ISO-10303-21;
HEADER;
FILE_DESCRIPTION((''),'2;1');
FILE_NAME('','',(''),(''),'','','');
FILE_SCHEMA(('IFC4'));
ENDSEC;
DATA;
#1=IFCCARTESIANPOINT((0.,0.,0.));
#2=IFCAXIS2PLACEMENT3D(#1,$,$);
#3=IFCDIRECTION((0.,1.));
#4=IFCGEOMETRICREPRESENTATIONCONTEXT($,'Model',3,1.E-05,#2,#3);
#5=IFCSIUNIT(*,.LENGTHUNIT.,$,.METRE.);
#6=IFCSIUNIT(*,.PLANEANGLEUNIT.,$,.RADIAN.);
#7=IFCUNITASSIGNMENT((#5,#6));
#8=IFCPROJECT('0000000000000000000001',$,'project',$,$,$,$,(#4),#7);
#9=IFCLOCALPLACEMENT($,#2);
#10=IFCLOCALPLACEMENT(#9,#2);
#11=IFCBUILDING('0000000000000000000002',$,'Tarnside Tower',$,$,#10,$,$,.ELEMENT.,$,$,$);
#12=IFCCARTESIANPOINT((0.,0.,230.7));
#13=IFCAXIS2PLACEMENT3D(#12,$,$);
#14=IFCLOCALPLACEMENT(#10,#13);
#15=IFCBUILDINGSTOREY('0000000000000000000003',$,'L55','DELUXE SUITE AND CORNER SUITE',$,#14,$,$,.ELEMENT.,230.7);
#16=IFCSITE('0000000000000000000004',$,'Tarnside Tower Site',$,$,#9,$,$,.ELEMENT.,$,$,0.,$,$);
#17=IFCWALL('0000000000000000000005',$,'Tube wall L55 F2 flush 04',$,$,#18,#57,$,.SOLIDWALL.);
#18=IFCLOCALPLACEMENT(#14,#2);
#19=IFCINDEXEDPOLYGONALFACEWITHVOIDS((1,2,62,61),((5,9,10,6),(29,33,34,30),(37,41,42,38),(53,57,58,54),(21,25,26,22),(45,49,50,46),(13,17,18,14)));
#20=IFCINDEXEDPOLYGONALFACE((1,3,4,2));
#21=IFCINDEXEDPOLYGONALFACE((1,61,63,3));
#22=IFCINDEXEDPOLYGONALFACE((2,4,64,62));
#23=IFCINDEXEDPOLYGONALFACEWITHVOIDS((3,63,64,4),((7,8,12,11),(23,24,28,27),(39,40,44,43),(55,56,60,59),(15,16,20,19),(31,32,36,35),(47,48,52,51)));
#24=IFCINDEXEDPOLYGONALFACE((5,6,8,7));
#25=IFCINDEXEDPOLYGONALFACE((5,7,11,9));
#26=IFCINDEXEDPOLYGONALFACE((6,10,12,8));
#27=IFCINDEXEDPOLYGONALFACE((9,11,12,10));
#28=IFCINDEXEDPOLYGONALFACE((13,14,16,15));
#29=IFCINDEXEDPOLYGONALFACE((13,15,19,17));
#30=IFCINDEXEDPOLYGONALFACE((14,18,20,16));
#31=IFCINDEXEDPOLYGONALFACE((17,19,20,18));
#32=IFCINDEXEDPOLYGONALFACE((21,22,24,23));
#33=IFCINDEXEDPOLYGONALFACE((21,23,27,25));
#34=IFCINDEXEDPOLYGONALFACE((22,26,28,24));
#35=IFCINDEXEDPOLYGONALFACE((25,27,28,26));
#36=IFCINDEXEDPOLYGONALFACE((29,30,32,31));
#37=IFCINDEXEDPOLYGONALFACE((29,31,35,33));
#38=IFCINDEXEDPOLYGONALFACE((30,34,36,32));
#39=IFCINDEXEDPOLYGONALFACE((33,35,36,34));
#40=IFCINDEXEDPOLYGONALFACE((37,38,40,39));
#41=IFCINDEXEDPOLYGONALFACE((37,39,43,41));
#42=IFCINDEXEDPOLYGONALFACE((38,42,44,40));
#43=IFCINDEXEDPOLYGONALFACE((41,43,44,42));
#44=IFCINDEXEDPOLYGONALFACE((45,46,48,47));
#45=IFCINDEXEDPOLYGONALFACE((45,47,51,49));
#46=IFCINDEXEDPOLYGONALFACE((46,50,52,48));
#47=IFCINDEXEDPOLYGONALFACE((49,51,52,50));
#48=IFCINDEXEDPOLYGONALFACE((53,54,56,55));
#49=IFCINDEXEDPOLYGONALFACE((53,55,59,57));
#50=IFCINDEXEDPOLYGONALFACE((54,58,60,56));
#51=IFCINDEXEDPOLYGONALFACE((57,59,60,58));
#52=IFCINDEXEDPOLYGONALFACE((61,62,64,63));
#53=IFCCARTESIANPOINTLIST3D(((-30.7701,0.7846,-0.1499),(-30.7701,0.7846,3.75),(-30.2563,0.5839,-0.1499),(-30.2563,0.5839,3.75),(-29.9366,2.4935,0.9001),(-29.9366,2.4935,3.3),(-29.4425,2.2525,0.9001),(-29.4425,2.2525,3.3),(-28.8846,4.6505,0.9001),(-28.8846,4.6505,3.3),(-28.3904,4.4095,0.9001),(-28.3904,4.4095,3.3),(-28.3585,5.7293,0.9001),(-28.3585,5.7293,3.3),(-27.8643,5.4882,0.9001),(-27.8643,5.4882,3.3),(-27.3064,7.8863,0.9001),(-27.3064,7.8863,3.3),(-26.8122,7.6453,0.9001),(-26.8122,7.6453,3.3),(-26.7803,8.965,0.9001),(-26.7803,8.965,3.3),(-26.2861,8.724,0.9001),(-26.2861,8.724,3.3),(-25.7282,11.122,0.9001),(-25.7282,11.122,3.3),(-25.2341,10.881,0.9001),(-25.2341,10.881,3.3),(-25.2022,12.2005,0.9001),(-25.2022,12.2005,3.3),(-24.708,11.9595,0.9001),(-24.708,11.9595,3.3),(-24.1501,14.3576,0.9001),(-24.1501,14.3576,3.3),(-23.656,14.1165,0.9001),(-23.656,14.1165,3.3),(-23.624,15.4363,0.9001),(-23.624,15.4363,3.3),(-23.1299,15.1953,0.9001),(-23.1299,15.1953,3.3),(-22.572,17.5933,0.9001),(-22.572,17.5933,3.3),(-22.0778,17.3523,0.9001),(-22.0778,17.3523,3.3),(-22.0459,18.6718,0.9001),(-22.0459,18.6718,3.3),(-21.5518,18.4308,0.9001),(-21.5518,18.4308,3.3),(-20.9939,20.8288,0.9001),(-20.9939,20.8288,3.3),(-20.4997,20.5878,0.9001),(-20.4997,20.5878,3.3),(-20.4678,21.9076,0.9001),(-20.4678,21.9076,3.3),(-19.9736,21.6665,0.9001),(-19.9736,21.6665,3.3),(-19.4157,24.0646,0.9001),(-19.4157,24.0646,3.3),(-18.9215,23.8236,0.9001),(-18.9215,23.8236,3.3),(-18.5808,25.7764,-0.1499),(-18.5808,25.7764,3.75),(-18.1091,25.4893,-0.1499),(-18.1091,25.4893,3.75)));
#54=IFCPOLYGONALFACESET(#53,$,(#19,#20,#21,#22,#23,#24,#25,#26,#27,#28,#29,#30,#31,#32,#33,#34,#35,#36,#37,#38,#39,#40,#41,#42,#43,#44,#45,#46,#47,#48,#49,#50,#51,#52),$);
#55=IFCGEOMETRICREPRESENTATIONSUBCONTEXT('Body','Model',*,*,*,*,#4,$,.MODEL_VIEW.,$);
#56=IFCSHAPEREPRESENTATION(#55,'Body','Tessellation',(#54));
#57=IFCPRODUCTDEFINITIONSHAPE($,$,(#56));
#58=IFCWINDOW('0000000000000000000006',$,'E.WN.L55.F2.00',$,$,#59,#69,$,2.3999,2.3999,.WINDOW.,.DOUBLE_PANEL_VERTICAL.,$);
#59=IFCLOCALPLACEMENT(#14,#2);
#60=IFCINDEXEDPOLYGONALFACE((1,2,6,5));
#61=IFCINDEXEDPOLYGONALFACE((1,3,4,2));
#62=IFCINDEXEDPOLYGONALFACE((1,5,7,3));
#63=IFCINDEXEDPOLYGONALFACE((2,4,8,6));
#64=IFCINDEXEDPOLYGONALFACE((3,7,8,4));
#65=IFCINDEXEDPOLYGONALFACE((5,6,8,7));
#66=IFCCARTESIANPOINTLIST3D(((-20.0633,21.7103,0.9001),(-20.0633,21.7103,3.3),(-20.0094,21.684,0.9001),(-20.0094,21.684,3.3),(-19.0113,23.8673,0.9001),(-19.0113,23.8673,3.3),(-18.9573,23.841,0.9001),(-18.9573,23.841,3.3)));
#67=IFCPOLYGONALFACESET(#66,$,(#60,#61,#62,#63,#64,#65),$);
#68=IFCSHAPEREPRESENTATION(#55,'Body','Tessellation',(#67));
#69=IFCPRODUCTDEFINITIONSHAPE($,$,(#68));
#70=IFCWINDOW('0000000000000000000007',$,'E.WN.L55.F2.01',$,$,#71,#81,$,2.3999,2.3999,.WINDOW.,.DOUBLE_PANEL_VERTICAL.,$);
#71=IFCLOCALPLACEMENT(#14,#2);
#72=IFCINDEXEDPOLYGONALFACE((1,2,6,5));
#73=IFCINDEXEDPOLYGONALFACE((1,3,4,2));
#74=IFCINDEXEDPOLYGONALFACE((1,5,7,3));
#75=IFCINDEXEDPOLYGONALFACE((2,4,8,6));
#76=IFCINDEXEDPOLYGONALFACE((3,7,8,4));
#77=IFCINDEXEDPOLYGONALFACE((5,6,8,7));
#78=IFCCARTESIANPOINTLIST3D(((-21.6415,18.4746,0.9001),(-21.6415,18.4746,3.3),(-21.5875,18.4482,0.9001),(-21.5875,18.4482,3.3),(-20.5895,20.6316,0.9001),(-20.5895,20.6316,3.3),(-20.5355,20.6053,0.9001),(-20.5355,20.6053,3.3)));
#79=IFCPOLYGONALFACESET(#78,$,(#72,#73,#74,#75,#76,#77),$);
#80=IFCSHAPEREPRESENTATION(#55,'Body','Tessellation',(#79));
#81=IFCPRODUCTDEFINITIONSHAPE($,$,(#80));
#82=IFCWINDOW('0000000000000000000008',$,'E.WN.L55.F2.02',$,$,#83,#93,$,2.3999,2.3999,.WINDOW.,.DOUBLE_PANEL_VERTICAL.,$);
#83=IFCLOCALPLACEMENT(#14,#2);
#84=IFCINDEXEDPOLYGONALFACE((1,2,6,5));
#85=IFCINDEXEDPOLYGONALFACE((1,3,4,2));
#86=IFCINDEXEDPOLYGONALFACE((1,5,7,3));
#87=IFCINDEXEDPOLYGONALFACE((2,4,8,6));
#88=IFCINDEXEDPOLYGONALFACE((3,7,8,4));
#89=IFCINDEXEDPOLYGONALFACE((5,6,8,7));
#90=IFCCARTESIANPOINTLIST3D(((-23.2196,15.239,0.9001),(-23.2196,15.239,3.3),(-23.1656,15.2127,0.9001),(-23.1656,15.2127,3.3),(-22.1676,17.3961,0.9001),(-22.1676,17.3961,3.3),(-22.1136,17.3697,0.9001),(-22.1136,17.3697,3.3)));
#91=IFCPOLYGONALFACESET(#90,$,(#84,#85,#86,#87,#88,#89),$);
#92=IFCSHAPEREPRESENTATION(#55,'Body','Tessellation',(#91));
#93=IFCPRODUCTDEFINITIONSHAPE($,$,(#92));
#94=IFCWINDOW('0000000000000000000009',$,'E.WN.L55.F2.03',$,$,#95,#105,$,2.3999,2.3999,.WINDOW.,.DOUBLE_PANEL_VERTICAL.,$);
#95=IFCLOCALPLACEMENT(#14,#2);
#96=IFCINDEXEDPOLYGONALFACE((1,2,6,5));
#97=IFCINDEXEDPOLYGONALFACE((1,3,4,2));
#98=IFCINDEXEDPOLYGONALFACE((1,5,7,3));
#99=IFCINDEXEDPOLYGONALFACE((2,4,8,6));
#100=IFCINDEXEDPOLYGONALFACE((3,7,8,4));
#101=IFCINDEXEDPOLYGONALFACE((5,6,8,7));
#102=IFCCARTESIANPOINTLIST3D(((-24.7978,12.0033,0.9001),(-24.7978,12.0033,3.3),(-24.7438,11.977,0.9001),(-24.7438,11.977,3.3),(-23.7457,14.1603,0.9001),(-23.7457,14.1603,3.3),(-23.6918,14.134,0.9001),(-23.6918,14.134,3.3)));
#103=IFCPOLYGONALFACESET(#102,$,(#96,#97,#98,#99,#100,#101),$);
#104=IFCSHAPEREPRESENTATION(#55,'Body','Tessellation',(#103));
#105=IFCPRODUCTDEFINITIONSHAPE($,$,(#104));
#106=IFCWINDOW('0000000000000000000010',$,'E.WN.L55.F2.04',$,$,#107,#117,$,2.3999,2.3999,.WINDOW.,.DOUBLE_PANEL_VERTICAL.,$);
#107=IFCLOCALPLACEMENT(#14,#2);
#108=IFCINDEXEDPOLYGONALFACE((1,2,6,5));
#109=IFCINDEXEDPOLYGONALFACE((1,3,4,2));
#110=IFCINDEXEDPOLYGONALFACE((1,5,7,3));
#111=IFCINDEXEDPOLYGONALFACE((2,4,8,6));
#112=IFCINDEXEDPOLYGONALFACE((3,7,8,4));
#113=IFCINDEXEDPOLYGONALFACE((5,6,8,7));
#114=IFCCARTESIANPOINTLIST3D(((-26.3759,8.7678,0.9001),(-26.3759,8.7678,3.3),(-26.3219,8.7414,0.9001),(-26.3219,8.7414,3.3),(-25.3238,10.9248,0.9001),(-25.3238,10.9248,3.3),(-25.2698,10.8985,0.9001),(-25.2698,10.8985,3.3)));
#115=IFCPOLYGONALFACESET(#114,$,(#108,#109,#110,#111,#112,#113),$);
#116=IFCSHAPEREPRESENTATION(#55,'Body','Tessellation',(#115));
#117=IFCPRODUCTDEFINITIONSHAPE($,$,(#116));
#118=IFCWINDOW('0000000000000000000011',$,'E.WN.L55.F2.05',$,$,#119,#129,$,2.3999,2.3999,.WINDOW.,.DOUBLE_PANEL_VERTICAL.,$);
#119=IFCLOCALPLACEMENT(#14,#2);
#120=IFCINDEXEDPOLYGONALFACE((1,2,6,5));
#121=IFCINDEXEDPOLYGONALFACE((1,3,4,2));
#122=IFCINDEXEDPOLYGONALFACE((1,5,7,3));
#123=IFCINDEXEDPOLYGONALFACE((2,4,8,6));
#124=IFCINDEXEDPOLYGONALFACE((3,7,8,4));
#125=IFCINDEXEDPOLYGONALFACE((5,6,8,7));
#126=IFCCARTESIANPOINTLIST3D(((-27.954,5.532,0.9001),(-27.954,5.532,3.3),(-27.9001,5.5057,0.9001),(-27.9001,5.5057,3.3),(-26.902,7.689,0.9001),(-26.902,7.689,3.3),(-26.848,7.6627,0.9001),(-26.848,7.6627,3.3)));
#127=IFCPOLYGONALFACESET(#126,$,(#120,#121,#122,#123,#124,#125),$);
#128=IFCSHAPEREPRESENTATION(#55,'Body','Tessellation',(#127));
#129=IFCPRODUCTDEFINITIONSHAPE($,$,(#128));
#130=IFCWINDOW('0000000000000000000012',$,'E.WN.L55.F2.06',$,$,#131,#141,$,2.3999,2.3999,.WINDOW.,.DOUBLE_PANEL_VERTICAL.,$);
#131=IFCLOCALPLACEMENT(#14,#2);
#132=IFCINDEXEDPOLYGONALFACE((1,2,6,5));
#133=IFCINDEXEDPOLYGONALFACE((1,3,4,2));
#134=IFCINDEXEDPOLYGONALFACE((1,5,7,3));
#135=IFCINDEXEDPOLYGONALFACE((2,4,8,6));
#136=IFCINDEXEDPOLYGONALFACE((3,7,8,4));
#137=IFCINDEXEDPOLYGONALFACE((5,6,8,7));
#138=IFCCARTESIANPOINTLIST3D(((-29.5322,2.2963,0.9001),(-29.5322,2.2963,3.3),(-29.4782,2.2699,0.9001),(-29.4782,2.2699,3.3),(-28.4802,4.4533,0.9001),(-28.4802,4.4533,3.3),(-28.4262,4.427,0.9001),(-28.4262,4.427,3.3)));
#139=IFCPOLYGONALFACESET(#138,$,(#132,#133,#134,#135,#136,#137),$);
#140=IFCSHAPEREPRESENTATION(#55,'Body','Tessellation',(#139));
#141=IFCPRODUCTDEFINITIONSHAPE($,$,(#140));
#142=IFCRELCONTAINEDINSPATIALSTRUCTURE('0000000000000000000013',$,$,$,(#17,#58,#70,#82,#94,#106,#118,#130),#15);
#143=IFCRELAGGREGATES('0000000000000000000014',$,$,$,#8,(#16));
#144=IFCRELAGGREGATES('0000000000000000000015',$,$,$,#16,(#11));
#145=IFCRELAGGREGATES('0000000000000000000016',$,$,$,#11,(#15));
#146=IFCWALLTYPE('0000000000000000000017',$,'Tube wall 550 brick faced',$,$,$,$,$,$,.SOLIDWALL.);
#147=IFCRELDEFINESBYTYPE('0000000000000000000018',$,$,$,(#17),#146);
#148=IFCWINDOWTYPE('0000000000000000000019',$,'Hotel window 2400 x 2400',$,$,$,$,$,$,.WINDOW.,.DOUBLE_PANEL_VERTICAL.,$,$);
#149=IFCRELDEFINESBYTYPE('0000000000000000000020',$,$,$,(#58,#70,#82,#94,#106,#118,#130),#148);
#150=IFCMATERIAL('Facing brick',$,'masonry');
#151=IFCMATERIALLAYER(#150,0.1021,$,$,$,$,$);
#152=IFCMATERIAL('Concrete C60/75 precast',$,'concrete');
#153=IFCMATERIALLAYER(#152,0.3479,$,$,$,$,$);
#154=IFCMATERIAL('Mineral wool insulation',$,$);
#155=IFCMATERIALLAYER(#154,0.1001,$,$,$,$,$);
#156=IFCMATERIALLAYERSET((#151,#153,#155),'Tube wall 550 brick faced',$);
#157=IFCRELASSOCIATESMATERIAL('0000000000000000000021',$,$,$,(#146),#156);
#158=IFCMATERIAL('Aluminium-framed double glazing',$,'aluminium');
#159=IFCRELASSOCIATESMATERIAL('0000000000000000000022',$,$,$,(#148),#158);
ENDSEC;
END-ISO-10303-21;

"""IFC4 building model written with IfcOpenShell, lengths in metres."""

from ifc_helpers import new_model, si_unit, direction, frame, frame_2d, origin, place, context, subcontext, project, spatial, polyline, rectangle, outline, extrude, material, layer, layer_set, type_object, element, fill, save


model = new_model("IFC4")

# Units and contexts
model_context = context("Model", 3, precision=1e-05, world=origin(), true_north=direction((0.0, 1.0)))
body_context = subcontext(model_context, "Body", "Model", "MODEL_VIEW")
ifc_project = project(units=[si_unit("LENGTHUNIT", "METRE"), si_unit("PLANEANGLEUNIT", "RADIAN")], contexts=[model_context])

# Site, building, storey
site_placement = place(None, origin())
site = spatial("IfcSite", under=ifc_project, at=site_placement, Name="Tarnside Tower Site", CompositionType="ELEMENT", RefElevation=0.0)
building_placement = place(site_placement, origin())
building = spatial("IfcBuilding", under=site, at=building_placement, Name="Tarnside Tower", CompositionType="ELEMENT")
storey_placement = place(building_placement, frame((0.0, 0.0, 230.7)))
storey = spatial("IfcBuildingStorey", under=building, at=storey_placement, Name="L55", Description="DELUXE SUITE AND CORNER SUITE", CompositionType="ELEMENT", Elevation=230.7)

# Shared definitions
ifc_material_1 = material(Name="Facing brick", Category="masonry")
ifc_layer_1 = layer(ifc_material_1, 0.1021)
ifc_material_2 = material(Name="Concrete C60/75 precast", Category="concrete")
ifc_layer_2 = layer(ifc_material_2, 0.3479)
ifc_material_3 = material(Name="Mineral wool insulation")
ifc_layer_3 = layer(ifc_material_3, 0.1001)
ifc_layer_set_1 = layer_set([ifc_layer_1, ifc_layer_2, ifc_layer_3], Name="Tube wall 550 brick faced")
wall_type_1 = type_object("IfcWallType", Name="Tube wall 550 brick faced", PredefinedType="SOLIDWALL", material=ifc_layer_set_1)

# Wall, openings, windows
wall_1_placement = place(storey_placement, frame((-18.345, 25.6328, -0.1499), z_axis=(0.0, 0.0, 1.0), x_axis=(-0.438372, -0.898794, 0.0)))
wall_1 = element("IfcWall", 1, at=wall_1_placement, inside=storey, type_object=wall_type_1, Name="Tube wall L55 F2 flush 04", PredefinedType="SOLIDWALL", context=body_context, shape_type="SweptSolid", body=[
    extrude(outline(polyline([(-0.0256, -0.2749), (27.7803, -0.2749), (27.7354, 0.2749), (0.0256, 0.2749), (-0.0256, -0.2749)])), origin(), (0.0, 0.0, 1.0), 3.8999),
])
opening_1_placement = place(wall_1_placement, frame((1.8789, 0.0, 1.05)))
opening_1 = element("IfcOpeningElement", 2, at=opening_1_placement, cuts=wall_1, PredefinedType="OPENING", context=body_context, shape_type="SweptSolid", body=[
    extrude(rectangle(XDim=2.3999, YDim=2.3999, at=frame_2d((1.2, 1.2))), frame((0.0, 0.2852, 0.0), z_axis=(0.0, -1.0, 0.0), x_axis=(1.0, 0.0, 0.0)), (0.0, 0.0, 1.0), 0.5701),
])
opening_2_placement = place(wall_1_placement, frame((5.479, 0.0, 1.05)))
opening_2 = element("IfcOpeningElement", 3, at=opening_2_placement, cuts=wall_1, PredefinedType="OPENING", context=body_context, shape_type="SweptSolid", body=[
    extrude(rectangle(XDim=2.3999, YDim=2.3999, at=frame_2d((1.2, 1.2))), frame((0.0, 0.2852, 0.0), z_axis=(0.0, -1.0, 0.0), x_axis=(1.0, 0.0, 0.0)), (0.0, 0.0, 1.0), 0.5701),
])
opening_3_placement = place(wall_1_placement, frame((9.0789, 0.0, 1.05)))
opening_3 = element("IfcOpeningElement", 4, at=opening_3_placement, cuts=wall_1, PredefinedType="OPENING", context=body_context, shape_type="SweptSolid", body=[
    extrude(rectangle(XDim=2.3999, YDim=2.3999, at=frame_2d((1.2, 1.2))), frame((0.0, 0.2852, 0.0), z_axis=(0.0, -1.0, 0.0), x_axis=(1.0, 0.0, 0.0)), (0.0, 0.0, 1.0), 0.5701),
])
opening_4_placement = place(wall_1_placement, frame((12.679, 0.0, 1.05)))
opening_4 = element("IfcOpeningElement", 5, at=opening_4_placement, cuts=wall_1, PredefinedType="OPENING", context=body_context, shape_type="SweptSolid", body=[
    extrude(rectangle(XDim=2.3999, YDim=2.3999, at=frame_2d((1.2, 1.2))), frame((0.0, 0.2852, 0.0), z_axis=(0.0, -1.0, 0.0), x_axis=(1.0, 0.0, 0.0)), (0.0, 0.0, 1.0), 0.5701),
])
opening_5_placement = place(wall_1_placement, frame((16.2788, 0.0, 1.05)))
opening_5 = element("IfcOpeningElement", 6, at=opening_5_placement, cuts=wall_1, PredefinedType="OPENING", context=body_context, shape_type="SweptSolid", body=[
    extrude(rectangle(XDim=2.3999, YDim=2.3999, at=frame_2d((1.2, 1.2))), frame((0.0, 0.2852, 0.0), z_axis=(0.0, -1.0, 0.0), x_axis=(1.0, 0.0, 0.0)), (0.0, 0.0, 1.0), 0.5701),
])
opening_6_placement = place(wall_1_placement, frame((19.8789, 0.0, 1.05)))
opening_6 = element("IfcOpeningElement", 7, at=opening_6_placement, cuts=wall_1, PredefinedType="OPENING", context=body_context, shape_type="SweptSolid", body=[
    extrude(rectangle(XDim=2.3999, YDim=2.3999, at=frame_2d((1.2, 1.2))), frame((0.0, 0.2852, 0.0), z_axis=(0.0, -1.0, 0.0), x_axis=(1.0, 0.0, 0.0)), (0.0, 0.0, 1.0), 0.5701),
])
opening_7_placement = place(wall_1_placement, frame((23.479, 0.0, 1.05)))
opening_7 = element("IfcOpeningElement", 8, at=opening_7_placement, cuts=wall_1, PredefinedType="OPENING", context=body_context, shape_type="SweptSolid", body=[
    extrude(rectangle(XDim=2.3999, YDim=2.3999, at=frame_2d((1.2, 1.2))), frame((0.0, 0.2852, 0.0), z_axis=(0.0, -1.0, 0.0), x_axis=(1.0, 0.0, 0.0)), (0.0, 0.0, 1.0), 0.5701),
])
ifc_material_4 = material(Name="Aluminium-framed double glazing", Category="aluminium")
window_type = type_object("IfcWindowType", Name="Hotel window 2400 x 2400", PartitioningType="DOUBLE_PANEL_VERTICAL", PredefinedType="WINDOW", material=ifc_material_4)
window_1_placement = place(opening_1_placement, frame((0.0, 0.2051, 0.0)))
window_1 = element("IfcWindow", 9, at=window_1_placement, inside=storey, type_object=window_type, Name="E.WN.L55.F2.00", OverallHeight=2.3999, OverallWidth=2.3999, PartitioningType="DOUBLE_PANEL_VERTICAL", PredefinedType="WINDOW", context=body_context, shape_type="SweptSolid", body=[
    extrude(rectangle(XDim=2.3999, YDim=2.3999, at=frame_2d((1.2, 1.2))), frame((0.0, 0.03, 0.0), z_axis=(0.0, -1.0, 0.0), x_axis=(1.0, 0.0, 0.0)), (0.0, 0.0, 1.0), 0.0601),
])
fill(opening_1, window_1)
window_2_placement = place(opening_2_placement, frame((0.0, 0.2051, 0.0)))
window_2 = element("IfcWindow", 10, at=window_2_placement, inside=storey, type_object=window_type, Name="E.WN.L55.F2.01", OverallHeight=2.3999, OverallWidth=2.3999, PartitioningType="DOUBLE_PANEL_VERTICAL", PredefinedType="WINDOW", context=body_context, shape_type="SweptSolid", body=[
    extrude(rectangle(XDim=2.3999, YDim=2.3999, at=frame_2d((1.2, 1.2))), frame((0.0, 0.03, 0.0), z_axis=(0.0, -1.0, 0.0), x_axis=(1.0, 0.0, 0.0)), (0.0, 0.0, 1.0), 0.0601),
])
fill(opening_2, window_2)
window_3_placement = place(opening_3_placement, frame((0.0, 0.2051, 0.0)))
window_3 = element("IfcWindow", 11, at=window_3_placement, inside=storey, type_object=window_type, Name="E.WN.L55.F2.02", OverallHeight=2.3999, OverallWidth=2.3999, PartitioningType="DOUBLE_PANEL_VERTICAL", PredefinedType="WINDOW", context=body_context, shape_type="SweptSolid", body=[
    extrude(rectangle(XDim=2.3999, YDim=2.3999, at=frame_2d((1.2, 1.2))), frame((0.0, 0.03, 0.0), z_axis=(0.0, -1.0, 0.0), x_axis=(1.0, 0.0, 0.0)), (0.0, 0.0, 1.0), 0.0601),
])
fill(opening_3, window_3)
window_4_placement = place(opening_4_placement, frame((0.0, 0.2051, 0.0)))
window_4 = element("IfcWindow", 12, at=window_4_placement, inside=storey, type_object=window_type, Name="E.WN.L55.F2.03", OverallHeight=2.3999, OverallWidth=2.3999, PartitioningType="DOUBLE_PANEL_VERTICAL", PredefinedType="WINDOW", context=body_context, shape_type="SweptSolid", body=[
    extrude(rectangle(XDim=2.3999, YDim=2.3999, at=frame_2d((1.2, 1.2))), frame((0.0, 0.03, 0.0), z_axis=(0.0, -1.0, 0.0), x_axis=(1.0, 0.0, 0.0)), (0.0, 0.0, 1.0), 0.0601),
])
fill(opening_4, window_4)
window_5_placement = place(opening_5_placement, frame((0.0, 0.2051, 0.0)))
window_5 = element("IfcWindow", 13, at=window_5_placement, inside=storey, type_object=window_type, Name="E.WN.L55.F2.04", OverallHeight=2.3999, OverallWidth=2.3999, PartitioningType="DOUBLE_PANEL_VERTICAL", PredefinedType="WINDOW", context=body_context, shape_type="SweptSolid", body=[
    extrude(rectangle(XDim=2.3999, YDim=2.3999, at=frame_2d((1.2, 1.2))), frame((0.0, 0.03, 0.0), z_axis=(0.0, -1.0, 0.0), x_axis=(1.0, 0.0, 0.0)), (0.0, 0.0, 1.0), 0.0601),
])
fill(opening_5, window_5)
window_6_placement = place(opening_6_placement, frame((0.0, 0.2051, 0.0)))
window_6 = element("IfcWindow", 14, at=window_6_placement, inside=storey, type_object=window_type, Name="E.WN.L55.F2.05", OverallHeight=2.3999, OverallWidth=2.3999, PartitioningType="DOUBLE_PANEL_VERTICAL", PredefinedType="WINDOW", context=body_context, shape_type="SweptSolid", body=[
    extrude(rectangle(XDim=2.3999, YDim=2.3999, at=frame_2d((1.2, 1.2))), frame((0.0, 0.03, 0.0), z_axis=(0.0, -1.0, 0.0), x_axis=(1.0, 0.0, 0.0)), (0.0, 0.0, 1.0), 0.0601),
])
fill(opening_6, window_6)
window_7_placement = place(opening_7_placement, frame((0.0, 0.2051, 0.0)))
window_7 = element("IfcWindow", 15, at=window_7_placement, inside=storey, type_object=window_type, Name="E.WN.L55.F2.06", OverallHeight=2.3999, OverallWidth=2.3999, PartitioningType="DOUBLE_PANEL_VERTICAL", PredefinedType="WINDOW", context=body_context, shape_type="SweptSolid", body=[
    extrude(rectangle(XDim=2.3999, YDim=2.3999, at=frame_2d((1.2, 1.2))), frame((0.0, 0.03, 0.0), z_axis=(0.0, -1.0, 0.0), x_axis=(1.0, 0.0, 0.0)), (0.0, 0.0, 1.0), 0.0601),
])
fill(opening_7, window_7)

save(model, "model.ifc")
